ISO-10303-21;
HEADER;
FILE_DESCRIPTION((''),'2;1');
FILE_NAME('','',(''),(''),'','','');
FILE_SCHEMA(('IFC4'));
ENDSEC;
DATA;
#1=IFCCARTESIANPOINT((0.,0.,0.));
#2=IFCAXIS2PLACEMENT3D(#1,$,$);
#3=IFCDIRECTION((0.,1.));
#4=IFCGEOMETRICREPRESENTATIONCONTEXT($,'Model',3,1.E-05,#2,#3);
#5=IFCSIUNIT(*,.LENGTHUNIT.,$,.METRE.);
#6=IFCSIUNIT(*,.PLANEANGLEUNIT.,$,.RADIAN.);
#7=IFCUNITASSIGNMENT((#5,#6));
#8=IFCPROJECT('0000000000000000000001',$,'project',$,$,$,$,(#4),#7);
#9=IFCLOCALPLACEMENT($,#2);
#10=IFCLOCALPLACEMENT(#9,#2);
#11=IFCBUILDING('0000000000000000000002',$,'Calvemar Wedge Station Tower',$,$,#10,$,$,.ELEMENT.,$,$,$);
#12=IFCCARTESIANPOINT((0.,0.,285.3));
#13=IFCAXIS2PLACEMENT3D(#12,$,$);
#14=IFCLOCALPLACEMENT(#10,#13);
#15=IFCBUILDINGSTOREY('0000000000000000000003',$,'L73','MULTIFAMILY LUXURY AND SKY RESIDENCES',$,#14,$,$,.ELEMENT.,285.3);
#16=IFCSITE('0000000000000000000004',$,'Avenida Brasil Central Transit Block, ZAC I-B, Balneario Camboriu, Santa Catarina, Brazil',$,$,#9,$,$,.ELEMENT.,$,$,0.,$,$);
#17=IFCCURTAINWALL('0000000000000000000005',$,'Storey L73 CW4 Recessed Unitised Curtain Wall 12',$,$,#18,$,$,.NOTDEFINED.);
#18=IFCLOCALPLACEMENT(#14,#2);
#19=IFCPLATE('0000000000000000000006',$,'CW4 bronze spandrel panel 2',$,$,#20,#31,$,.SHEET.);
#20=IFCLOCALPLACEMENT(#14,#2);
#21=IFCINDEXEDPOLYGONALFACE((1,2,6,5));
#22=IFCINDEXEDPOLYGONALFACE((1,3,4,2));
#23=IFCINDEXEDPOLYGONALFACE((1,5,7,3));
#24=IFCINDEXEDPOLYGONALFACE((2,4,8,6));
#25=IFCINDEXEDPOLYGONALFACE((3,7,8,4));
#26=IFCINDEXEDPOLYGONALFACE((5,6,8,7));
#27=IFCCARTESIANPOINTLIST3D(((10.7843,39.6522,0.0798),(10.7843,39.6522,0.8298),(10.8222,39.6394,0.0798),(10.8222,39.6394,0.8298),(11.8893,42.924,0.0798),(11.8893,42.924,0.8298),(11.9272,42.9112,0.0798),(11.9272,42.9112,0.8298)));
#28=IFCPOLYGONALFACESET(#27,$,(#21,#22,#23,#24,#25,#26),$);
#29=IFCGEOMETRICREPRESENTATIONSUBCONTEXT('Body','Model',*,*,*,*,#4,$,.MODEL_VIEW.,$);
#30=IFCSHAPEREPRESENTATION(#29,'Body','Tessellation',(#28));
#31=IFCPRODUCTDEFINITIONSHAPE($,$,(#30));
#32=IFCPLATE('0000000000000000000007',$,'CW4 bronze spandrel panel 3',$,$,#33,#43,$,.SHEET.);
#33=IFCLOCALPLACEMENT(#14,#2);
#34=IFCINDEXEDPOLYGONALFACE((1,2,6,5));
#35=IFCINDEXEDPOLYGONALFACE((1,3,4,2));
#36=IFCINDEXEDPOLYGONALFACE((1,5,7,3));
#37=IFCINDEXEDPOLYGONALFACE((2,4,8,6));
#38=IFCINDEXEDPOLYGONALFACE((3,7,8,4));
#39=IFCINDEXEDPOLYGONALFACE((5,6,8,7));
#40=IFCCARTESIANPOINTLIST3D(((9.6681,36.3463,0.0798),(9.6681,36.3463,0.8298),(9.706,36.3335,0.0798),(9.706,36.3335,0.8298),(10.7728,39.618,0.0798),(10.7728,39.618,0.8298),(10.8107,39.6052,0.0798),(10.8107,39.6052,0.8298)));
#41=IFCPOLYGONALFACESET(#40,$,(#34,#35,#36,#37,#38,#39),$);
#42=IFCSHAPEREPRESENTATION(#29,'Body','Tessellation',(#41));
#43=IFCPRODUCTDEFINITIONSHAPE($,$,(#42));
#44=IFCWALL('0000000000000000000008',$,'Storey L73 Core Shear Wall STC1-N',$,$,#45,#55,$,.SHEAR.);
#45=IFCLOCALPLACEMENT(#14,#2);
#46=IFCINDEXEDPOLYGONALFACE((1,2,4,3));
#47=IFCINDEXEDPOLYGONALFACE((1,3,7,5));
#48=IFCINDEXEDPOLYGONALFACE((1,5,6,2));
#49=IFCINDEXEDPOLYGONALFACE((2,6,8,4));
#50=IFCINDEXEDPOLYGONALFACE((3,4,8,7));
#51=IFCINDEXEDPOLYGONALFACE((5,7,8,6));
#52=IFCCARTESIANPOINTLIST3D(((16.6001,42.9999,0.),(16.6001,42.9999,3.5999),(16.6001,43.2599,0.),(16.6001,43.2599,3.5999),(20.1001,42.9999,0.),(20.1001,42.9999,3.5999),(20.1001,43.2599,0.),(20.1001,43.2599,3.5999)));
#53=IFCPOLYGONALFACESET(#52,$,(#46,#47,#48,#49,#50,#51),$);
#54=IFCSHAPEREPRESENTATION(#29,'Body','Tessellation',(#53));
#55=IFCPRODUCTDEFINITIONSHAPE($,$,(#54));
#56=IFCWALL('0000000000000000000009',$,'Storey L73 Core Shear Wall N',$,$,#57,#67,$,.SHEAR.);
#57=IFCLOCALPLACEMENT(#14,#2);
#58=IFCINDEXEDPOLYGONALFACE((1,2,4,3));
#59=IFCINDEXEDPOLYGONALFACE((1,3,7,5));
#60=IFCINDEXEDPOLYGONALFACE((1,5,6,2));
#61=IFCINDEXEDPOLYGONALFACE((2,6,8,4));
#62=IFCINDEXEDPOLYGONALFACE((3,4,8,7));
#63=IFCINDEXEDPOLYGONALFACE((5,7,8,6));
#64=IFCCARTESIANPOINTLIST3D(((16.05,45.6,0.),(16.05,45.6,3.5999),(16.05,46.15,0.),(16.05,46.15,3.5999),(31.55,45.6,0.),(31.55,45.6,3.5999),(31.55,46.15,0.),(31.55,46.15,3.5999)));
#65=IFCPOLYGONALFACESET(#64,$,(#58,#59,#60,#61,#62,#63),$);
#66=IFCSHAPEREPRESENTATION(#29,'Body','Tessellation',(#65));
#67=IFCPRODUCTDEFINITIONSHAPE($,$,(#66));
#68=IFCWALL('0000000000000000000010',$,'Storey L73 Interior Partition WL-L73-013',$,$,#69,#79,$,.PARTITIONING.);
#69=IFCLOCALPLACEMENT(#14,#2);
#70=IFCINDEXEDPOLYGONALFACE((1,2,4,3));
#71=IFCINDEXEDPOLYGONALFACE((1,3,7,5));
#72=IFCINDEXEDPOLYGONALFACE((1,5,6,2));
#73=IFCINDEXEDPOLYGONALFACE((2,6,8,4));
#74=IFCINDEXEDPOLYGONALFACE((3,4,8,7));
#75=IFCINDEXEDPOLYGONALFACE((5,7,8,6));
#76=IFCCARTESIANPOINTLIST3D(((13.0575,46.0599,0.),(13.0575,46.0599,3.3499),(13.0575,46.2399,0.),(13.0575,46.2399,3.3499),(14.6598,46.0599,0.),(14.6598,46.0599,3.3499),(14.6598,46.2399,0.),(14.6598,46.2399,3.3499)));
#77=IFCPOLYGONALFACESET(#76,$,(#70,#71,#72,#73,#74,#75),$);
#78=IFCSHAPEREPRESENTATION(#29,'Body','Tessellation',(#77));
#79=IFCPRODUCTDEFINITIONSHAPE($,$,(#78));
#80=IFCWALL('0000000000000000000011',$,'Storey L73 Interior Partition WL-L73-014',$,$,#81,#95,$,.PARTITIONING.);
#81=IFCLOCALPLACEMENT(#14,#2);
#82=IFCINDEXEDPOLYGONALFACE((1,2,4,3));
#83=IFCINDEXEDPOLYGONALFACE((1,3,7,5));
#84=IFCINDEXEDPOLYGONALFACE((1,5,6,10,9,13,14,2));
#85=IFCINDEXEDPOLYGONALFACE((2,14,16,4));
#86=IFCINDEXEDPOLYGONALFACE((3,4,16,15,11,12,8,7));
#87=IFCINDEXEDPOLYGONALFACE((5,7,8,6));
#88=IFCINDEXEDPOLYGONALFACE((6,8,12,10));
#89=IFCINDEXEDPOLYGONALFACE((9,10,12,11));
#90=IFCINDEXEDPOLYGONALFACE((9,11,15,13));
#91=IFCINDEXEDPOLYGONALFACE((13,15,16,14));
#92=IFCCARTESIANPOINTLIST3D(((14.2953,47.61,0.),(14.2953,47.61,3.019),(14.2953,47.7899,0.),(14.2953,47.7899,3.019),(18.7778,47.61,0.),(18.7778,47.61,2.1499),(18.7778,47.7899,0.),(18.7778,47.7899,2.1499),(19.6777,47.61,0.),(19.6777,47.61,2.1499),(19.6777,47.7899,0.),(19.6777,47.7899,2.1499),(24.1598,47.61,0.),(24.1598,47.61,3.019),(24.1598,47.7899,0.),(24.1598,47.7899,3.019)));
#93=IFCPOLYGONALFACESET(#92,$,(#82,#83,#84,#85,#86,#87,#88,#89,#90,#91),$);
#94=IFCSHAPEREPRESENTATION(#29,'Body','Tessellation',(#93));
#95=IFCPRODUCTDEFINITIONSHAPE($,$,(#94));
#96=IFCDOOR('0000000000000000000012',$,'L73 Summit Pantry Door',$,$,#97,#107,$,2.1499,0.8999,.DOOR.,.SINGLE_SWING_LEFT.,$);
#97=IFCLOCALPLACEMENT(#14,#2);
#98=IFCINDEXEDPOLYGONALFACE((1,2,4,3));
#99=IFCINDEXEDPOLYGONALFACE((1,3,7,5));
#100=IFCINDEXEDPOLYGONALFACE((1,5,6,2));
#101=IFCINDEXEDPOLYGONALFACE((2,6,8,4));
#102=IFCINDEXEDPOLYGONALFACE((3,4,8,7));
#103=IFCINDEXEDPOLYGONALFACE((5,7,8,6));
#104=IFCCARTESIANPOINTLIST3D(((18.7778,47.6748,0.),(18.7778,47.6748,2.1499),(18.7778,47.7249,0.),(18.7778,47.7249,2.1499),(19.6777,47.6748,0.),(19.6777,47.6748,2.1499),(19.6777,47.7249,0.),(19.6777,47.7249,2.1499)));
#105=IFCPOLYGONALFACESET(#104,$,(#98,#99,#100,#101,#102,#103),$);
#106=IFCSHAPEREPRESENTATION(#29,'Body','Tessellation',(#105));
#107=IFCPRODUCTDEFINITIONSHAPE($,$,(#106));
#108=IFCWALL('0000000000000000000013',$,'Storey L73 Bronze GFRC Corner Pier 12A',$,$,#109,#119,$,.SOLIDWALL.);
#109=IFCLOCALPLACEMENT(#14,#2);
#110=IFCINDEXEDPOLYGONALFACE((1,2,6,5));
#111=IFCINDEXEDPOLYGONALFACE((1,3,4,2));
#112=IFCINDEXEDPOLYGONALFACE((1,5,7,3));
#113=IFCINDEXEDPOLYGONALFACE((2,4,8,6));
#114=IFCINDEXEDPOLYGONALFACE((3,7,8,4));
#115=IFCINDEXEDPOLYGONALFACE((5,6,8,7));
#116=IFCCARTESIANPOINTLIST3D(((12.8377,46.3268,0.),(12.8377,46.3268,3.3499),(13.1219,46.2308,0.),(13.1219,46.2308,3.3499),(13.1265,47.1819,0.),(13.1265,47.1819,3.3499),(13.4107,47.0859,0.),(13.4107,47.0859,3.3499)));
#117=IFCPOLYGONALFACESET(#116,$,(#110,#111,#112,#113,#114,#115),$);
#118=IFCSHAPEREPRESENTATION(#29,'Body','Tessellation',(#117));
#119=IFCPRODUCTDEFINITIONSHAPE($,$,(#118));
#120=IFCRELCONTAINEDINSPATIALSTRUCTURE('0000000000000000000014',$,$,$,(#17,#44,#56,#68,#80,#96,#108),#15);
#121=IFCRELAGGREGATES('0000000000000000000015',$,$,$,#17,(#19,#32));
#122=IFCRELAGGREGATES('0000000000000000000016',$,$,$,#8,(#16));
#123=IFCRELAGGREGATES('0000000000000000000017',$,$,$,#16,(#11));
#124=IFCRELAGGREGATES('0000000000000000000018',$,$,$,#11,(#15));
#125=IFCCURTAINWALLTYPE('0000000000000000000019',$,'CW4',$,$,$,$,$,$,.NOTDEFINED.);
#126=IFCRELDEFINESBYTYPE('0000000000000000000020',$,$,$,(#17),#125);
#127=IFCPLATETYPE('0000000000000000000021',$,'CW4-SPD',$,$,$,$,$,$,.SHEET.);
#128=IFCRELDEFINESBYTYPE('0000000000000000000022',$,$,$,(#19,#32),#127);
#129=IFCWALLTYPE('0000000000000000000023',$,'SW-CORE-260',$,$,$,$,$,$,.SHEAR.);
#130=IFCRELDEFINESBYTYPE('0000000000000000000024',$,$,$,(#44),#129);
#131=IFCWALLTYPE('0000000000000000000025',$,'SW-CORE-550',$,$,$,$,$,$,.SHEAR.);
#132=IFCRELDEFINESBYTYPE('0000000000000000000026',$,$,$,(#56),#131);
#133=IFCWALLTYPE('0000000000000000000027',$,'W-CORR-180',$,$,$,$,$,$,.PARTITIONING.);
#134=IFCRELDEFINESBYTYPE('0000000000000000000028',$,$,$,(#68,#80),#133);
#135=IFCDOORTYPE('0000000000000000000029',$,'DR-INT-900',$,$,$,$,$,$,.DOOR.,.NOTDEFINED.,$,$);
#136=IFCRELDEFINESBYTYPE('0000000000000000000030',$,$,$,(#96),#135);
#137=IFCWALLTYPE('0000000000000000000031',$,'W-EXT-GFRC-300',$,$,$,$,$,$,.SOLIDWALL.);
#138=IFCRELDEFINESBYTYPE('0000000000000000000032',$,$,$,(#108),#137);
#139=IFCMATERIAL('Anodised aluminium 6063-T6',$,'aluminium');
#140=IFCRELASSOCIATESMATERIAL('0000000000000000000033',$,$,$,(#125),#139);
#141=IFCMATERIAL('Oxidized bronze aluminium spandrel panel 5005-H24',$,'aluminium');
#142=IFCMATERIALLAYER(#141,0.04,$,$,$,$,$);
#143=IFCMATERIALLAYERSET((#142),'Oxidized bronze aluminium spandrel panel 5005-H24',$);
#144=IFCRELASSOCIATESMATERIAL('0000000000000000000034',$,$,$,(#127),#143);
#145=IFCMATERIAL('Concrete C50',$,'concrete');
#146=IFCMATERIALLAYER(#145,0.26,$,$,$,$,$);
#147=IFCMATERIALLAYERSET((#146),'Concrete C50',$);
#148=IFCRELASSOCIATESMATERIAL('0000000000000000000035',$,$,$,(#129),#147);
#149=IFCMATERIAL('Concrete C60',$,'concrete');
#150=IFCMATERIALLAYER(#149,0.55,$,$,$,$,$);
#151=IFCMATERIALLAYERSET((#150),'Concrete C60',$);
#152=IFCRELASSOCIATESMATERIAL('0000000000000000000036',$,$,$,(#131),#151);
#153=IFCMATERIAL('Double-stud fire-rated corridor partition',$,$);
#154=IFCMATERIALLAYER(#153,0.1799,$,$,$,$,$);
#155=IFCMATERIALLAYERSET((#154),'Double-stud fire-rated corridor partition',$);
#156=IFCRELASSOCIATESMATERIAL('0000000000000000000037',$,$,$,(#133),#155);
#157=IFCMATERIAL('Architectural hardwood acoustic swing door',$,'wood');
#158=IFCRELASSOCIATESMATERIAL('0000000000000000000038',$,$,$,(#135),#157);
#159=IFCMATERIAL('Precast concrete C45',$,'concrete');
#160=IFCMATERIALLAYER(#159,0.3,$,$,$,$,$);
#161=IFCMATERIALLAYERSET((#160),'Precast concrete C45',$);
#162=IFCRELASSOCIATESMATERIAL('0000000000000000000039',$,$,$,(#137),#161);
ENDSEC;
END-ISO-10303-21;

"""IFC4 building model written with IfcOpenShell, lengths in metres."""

from ifc_helpers import new_model, si_unit, direction, frame, frame_2d, origin, place, context, subcontext, project, spatial, rectangle, extrude, source, transform, mapped, material, layer, layer_set, type_object, element, fill, aggregate, save


model = new_model("IFC4")

# Units and contexts
model_context = context("Model", 3, precision=1e-05, world=origin(), true_north=direction((0.0, 1.0)))
body_context = subcontext(model_context, "Body", "Model", "MODEL_VIEW")
ifc_project = project(units=[si_unit("LENGTHUNIT", "METRE"), si_unit("PLANEANGLEUNIT", "RADIAN")], contexts=[model_context])

# Site, building, storey
site_placement = place(None, origin())
site = spatial("IfcSite", under=ifc_project, at=site_placement, Name="Avenida Brasil Central Transit Block, ZAC I-B, Balneario Camboriu, Santa Catarina, Brazil", CompositionType="ELEMENT", RefElevation=0.0)
building_placement = place(site_placement, origin())
building = spatial("IfcBuilding", under=site, at=building_placement, Name="Calvemar Wedge Station Tower", CompositionType="ELEMENT")
storey_placement = place(building_placement, frame((0.0, 0.0, 285.3)))
storey = spatial("IfcBuildingStorey", under=building, at=storey_placement, Name="L73", Description="MULTIFAMILY LUXURY AND SKY RESIDENCES", CompositionType="ELEMENT", Elevation=285.3)

# Shared definitions
ifc_material_1 = material(Name="Concrete C50", Category="concrete")

# Curtain wall, plates
ifc_material_2 = material(Name="Anodised aluminium 6063-T6", Category="aluminium")
curtain_wall_type = type_object("IfcCurtainWallType", Name="CW4", PredefinedType="NOTDEFINED", material=ifc_material_2)
curtain_wall_placement = place(storey_placement, origin())
curtain_wall = element("IfcCurtainWall", 1, at=curtain_wall_placement, inside=storey, type_object=curtain_wall_type, Name="Storey L73 CW4 Recessed Unitised Curtain Wall 12", PredefinedType="NOTDEFINED")
ifc_material_3 = material(Name="Oxidized bronze aluminium spandrel panel 5005-H24", Category="aluminium")
ifc_layer_1 = layer(ifc_material_3, 0.04)
ifc_layer_set_1 = layer_set([ifc_layer_1], Name="Oxidized bronze aluminium spandrel panel 5005-H24")
plate_type_1 = type_object("IfcPlateType", Name="CW4-SPD", PredefinedType="SHEET", material=ifc_layer_set_1)
plate_1_placement = place(storey_placement, frame((11.9082, 42.9175, 0.0798), z_axis=(0.0, 0.0, 1.0), x_axis=(-0.319979, -0.947425, 0.0)))
plate_1 = element("IfcPlate", 2, at=plate_1_placement, type_object=plate_type_1, Name="CW4 bronze spandrel panel 2", PredefinedType="SHEET", context=body_context, shape_type="SweptSolid", body=[
    extrude(rectangle(XDim=3.4534, YDim=0.04, at=frame_2d((1.7266, 0.0))), origin(), (0.0, 0.0, 1.0), 0.75),
])
plate_2_placement = place(storey_placement, frame((10.7917, 39.6116, 0.0798), z_axis=(0.0, 0.0, 1.0), x_axis=(-0.319916, -0.947446, 0.0)))
plate_2 = element("IfcPlate", 3, at=plate_2_placement, type_object=plate_type_1, Name="CW4 bronze spandrel panel 3", PredefinedType="SHEET", context=body_context, shape_type="SweptSolid", body=[
    extrude(rectangle(XDim=3.4531, YDim=0.04, at=frame_2d((1.7266, 0.0))), origin(), (0.0, 0.0, 1.0), 0.75),
])
aggregate(curtain_wall, [plate_1, plate_2])

# Walls
ifc_layer_2 = layer(ifc_material_1, 0.26)
ifc_layer_set_2 = layer_set([ifc_layer_2], Name="Concrete C50")
wall_type_1 = type_object("IfcWallType", Name="SW-CORE-260", PredefinedType="SHEAR", material=ifc_layer_set_2)
wall_1_placement = place(storey_placement, frame((16.6001, 43.1299, 0.0), z_axis=(0.0, 0.0, 1.0), x_axis=(1.0, 0.0, 0.0)))
element("IfcWall", 4, at=wall_1_placement, inside=storey, type_object=wall_type_1, Name="Storey L73 Core Shear Wall STC1-N", PredefinedType="SHEAR", context=body_context, shape_type="SweptSolid", body=[
    extrude(rectangle(XDim=3.5, YDim=0.26, at=frame_2d((1.75, 0.0))), origin(), (0.0, 0.0, 1.0), 3.5999),
])
ifc_material_4 = material(Name="Concrete C60", Category="concrete")
ifc_layer_3 = layer(ifc_material_4, 0.55)
ifc_layer_set_3 = layer_set([ifc_layer_3], Name="Concrete C60")
wall_type_2 = type_object("IfcWallType", Name="SW-CORE-550", PredefinedType="SHEAR", material=ifc_layer_set_3)
wall_2_placement = place(storey_placement, frame((16.05, 45.875, 0.0), z_axis=(0.0, 0.0, 1.0), x_axis=(1.0, 0.0, 0.0)))
element("IfcWall", 5, at=wall_2_placement, inside=storey, type_object=wall_type_2, Name="Storey L73 Core Shear Wall N", PredefinedType="SHEAR", context=body_context, shape_type="SweptSolid", body=[
    extrude(rectangle(XDim=15.5, YDim=0.55, at=frame_2d((7.75, 0.0))), origin(), (0.0, 0.0, 1.0), 3.5999),
])
ifc_material_5 = material(Name="Double-stud fire-rated corridor partition")
ifc_layer_4 = layer(ifc_material_5, 0.1799)
ifc_layer_set_4 = layer_set([ifc_layer_4], Name="Double-stud fire-rated corridor partition")
wall_type_3 = type_object("IfcWallType", Name="W-CORR-180", PredefinedType="PARTITIONING", material=ifc_layer_set_4)
wall_3_placement = place(storey_placement, frame((14.6599, 46.1499, 0.0), z_axis=(0.0, 0.0, 1.0), x_axis=(-1.0, 0.0, 0.0)))
element("IfcWall", 6, at=wall_3_placement, inside=storey, type_object=wall_type_3, Name="Storey L73 Interior Partition WL-L73-013", PredefinedType="PARTITIONING", context=body_context, shape_type="SweptSolid", body=[
    extrude(rectangle(XDim=1.6023, YDim=0.1799, at=frame_2d((0.8013, 0.0))), origin(), (0.0, 0.0, 1.0), 3.3499),
])

# Wall, opening, door
wall_4_placement = place(storey_placement, frame((14.2954, 47.7, 0.0), z_axis=(0.0, 0.0, 1.0), x_axis=(1.0, 0.0, 0.0)))
wall_4 = element("IfcWall", 7, at=wall_4_placement, inside=storey, type_object=wall_type_3, Name="Storey L73 Interior Partition WL-L73-014", PredefinedType="PARTITIONING", context=body_context, shape_type="SweptSolid", body=[
    extrude(rectangle(XDim=9.8645, YDim=0.1799, at=frame_2d((4.9321, 0.0))), origin(), (0.0, 0.0, 1.0), 3.019),
])
shared_shape_1 = source(origin(), body_context, "Body", "SweptSolid", [
    extrude(rectangle(XDim=0.8999, YDim=2.1499, at=frame_2d((0.45, 1.075))), frame((0.0, 0.1001, 0.0), z_axis=(0.0, -1.0, 0.0), x_axis=(1.0, 0.0, 0.0)), (0.0, 0.0, 1.0), 0.2),
])
opening_placement = place(wall_4_placement, frame((4.4824, 0.0, 0.0)))
opening = element("IfcOpeningElement", 8, at=opening_placement, cuts=wall_4, PredefinedType="OPENING", context=body_context, shape_type="MappedRepresentation", body=[
    mapped(shared_shape_1, transform((0.0, 0.0, 0.0), scale=1.0)),
])
ifc_material_6 = material(Name="Architectural hardwood acoustic swing door", Category="wood")
door_type = type_object("IfcDoorType", Name="DR-INT-900", OperationType="NOTDEFINED", PredefinedType="DOOR", material=ifc_material_6)
shared_shape_2 = source(origin(), body_context, "Body", "SweptSolid", [
    extrude(rectangle(XDim=0.8999, YDim=2.1499, at=frame_2d((0.45, 1.075))), frame((0.0, 0.0249, 0.0), z_axis=(0.0, -1.0, 0.0), x_axis=(1.0, 0.0, 0.0)), (0.0, 0.0, 1.0), 0.05),
])
door_placement = place(opening_placement, origin())
door = element("IfcDoor", 9, at=door_placement, inside=storey, type_object=door_type, Name="L73 Summit Pantry Door", OperationType="SINGLE_SWING_LEFT", OverallHeight=2.1499, OverallWidth=0.8999, PredefinedType="DOOR", context=body_context, shape_type="MappedRepresentation", body=[
    mapped(shared_shape_2, transform((0.0, 0.0, 0.0), scale=1.0)),
])
fill(opening, door)

# Wall
ifc_material_7 = material(Name="Precast concrete C45", Category="concrete")
ifc_layer_5 = layer(ifc_material_7, 0.3)
ifc_layer_set_5 = layer_set([ifc_layer_5], Name="Precast concrete C45")
wall_type_4 = type_object("IfcWallType", Name="W-EXT-GFRC-300", PredefinedType="SOLIDWALL", material=ifc_layer_set_5)
wall_5_placement = place(storey_placement, frame((13.2686, 47.1338, 0.0), z_axis=(0.0, 0.0, 1.0), x_axis=(-0.319958, -0.947432, 0.0)))
element("IfcWall", 10, at=wall_5_placement, inside=storey, type_object=wall_type_4, Name="Storey L73 Bronze GFRC Corner Pier 12A", PredefinedType="SOLIDWALL", context=body_context, shape_type="SweptSolid", body=[
    extrude(rectangle(XDim=0.9026, YDim=0.3, at=frame_2d((0.4512, 0.0))), origin(), (0.0, 0.0, 1.0), 3.3499),
])

save(model, "model.ifc")
